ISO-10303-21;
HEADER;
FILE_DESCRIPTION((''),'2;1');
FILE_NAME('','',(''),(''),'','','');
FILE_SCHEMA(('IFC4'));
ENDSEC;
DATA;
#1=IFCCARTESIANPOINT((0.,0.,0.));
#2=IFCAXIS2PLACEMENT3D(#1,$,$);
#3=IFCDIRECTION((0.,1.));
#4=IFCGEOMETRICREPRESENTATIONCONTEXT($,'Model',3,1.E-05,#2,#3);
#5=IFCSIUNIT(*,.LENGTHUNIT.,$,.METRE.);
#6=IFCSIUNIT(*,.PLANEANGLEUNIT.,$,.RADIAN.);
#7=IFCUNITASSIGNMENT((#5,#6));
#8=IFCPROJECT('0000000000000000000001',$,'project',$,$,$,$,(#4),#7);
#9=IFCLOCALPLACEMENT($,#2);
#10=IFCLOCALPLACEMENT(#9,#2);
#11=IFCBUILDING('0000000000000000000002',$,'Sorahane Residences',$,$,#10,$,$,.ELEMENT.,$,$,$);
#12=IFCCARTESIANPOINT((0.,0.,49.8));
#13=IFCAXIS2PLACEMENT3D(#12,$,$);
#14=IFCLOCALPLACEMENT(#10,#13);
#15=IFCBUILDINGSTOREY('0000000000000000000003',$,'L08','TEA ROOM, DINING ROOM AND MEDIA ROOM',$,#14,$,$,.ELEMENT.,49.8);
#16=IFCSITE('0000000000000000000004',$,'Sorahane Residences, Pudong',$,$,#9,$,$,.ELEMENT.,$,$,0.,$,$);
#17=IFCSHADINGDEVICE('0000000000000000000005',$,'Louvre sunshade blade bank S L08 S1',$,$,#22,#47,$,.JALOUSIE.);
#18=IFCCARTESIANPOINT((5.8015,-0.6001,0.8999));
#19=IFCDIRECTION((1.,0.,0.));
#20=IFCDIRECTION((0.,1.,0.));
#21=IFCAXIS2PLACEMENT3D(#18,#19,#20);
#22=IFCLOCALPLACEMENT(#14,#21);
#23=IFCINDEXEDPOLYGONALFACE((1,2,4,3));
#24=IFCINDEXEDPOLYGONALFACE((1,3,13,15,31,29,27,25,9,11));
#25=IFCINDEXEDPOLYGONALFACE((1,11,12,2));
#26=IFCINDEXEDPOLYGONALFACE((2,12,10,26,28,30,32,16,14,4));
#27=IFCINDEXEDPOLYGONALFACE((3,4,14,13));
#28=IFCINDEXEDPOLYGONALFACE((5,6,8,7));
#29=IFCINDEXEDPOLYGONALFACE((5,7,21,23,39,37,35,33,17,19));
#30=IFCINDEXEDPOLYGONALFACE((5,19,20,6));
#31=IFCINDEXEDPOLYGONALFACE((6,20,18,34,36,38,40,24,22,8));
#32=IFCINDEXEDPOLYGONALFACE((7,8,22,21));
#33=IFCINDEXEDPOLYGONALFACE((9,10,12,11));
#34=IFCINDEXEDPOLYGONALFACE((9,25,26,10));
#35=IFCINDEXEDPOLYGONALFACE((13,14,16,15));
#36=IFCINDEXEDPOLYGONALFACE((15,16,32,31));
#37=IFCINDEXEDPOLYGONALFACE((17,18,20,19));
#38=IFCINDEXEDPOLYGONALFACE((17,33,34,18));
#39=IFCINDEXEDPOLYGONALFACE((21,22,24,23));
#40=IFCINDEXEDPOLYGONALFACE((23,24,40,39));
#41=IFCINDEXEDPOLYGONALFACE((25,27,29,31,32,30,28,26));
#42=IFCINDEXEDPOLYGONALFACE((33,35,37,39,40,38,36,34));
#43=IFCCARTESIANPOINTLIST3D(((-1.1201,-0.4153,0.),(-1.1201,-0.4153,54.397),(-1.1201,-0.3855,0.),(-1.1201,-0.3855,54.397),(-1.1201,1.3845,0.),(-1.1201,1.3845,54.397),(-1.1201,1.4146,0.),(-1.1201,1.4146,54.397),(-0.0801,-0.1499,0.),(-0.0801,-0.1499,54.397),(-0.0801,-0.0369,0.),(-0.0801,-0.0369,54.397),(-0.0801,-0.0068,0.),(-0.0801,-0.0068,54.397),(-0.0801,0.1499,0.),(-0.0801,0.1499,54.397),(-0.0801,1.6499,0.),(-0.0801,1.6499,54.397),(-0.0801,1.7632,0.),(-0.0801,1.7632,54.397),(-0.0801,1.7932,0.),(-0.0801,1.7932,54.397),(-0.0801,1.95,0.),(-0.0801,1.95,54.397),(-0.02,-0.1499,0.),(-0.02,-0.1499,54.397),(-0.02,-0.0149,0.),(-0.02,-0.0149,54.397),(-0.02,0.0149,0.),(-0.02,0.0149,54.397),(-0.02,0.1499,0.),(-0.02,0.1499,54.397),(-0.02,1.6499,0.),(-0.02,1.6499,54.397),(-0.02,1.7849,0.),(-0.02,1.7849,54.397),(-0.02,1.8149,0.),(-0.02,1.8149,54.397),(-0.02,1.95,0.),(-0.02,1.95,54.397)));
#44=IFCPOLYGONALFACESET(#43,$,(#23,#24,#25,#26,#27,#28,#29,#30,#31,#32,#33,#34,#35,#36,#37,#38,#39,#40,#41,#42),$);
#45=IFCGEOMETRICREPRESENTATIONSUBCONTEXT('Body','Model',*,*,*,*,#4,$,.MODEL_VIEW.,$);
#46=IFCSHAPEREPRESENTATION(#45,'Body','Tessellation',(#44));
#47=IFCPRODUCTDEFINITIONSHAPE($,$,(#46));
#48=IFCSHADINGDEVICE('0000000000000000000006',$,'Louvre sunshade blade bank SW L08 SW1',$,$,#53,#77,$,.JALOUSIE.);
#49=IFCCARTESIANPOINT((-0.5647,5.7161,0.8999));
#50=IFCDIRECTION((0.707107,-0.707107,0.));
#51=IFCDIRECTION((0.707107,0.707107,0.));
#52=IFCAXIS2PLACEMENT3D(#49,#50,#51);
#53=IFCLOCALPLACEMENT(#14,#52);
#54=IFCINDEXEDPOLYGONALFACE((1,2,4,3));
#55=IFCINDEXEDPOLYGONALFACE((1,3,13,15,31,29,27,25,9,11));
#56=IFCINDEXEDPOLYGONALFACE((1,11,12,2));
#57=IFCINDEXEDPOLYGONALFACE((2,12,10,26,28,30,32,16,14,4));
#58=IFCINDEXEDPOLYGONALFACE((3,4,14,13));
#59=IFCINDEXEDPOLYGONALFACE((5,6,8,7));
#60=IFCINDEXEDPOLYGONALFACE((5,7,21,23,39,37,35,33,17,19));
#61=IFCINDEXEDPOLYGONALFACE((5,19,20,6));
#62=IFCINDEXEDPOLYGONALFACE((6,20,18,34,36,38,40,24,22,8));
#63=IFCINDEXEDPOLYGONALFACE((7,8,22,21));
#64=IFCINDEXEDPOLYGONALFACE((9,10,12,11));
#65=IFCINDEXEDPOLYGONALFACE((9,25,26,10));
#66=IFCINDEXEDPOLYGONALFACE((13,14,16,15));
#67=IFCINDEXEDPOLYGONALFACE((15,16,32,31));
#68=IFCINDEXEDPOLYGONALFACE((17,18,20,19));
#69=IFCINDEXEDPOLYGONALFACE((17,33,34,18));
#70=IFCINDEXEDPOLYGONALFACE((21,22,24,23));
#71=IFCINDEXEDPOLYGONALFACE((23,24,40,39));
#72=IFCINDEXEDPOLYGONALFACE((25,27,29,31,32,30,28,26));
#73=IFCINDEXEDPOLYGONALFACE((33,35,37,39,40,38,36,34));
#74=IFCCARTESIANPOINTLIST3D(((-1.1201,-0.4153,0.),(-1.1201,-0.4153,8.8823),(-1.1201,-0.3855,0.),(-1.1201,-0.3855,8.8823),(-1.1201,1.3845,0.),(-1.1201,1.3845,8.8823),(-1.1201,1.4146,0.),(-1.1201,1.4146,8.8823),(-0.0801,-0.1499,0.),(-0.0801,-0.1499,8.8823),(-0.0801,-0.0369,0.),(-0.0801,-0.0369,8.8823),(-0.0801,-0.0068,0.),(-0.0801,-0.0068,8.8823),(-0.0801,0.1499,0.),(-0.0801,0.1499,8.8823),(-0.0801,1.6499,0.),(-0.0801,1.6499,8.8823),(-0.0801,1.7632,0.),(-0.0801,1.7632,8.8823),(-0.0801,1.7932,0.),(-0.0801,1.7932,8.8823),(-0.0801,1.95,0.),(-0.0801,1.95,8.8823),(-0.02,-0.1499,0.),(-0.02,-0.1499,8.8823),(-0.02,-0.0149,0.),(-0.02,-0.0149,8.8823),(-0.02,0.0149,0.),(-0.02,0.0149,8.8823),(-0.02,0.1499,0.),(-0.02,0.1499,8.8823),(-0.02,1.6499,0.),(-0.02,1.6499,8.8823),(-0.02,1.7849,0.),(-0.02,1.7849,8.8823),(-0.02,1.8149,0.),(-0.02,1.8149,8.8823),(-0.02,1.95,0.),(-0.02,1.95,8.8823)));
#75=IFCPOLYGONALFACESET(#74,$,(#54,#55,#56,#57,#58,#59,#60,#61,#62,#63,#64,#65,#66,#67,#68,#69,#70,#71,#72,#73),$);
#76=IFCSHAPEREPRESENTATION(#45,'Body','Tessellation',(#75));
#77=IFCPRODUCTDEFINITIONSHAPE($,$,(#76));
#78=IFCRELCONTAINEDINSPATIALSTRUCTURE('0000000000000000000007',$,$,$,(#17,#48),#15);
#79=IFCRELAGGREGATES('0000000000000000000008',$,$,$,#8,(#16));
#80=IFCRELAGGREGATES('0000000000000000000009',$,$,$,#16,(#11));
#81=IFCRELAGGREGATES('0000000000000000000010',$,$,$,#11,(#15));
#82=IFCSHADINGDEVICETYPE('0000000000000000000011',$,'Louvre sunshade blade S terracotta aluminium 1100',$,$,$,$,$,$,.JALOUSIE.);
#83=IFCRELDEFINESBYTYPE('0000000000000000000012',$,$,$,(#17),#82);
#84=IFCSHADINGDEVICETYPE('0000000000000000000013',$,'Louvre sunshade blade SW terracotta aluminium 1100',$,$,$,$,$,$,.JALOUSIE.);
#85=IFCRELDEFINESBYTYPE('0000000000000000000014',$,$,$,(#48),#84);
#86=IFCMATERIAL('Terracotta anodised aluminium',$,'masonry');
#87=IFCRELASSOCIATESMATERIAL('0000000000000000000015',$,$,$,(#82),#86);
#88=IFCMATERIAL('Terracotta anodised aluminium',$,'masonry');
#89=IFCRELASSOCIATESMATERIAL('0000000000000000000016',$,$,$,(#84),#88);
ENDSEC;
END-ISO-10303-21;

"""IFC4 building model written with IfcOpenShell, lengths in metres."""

from ifc_helpers import new_model, si_unit, direction, frame, origin, place, context, subcontext, project, spatial, polyline, outline, composite_profile, extrude, material, type_object, element, save


model = new_model("IFC4")

# Units and contexts
model_context = context("Model", 3, precision=1e-05, world=origin(), true_north=direction((0.0, 1.0)))
body_context = subcontext(model_context, "Body", "Model", "MODEL_VIEW")
ifc_project = project(units=[si_unit("LENGTHUNIT", "METRE"), si_unit("PLANEANGLEUNIT", "RADIAN")], contexts=[model_context])

# Site, building, storey
site_placement = place(None, origin())
site = spatial("IfcSite", under=ifc_project, at=site_placement, Name="Sorahane Residences, Pudong", CompositionType="ELEMENT", RefElevation=0.0)
building_placement = place(site_placement, origin())
building = spatial("IfcBuilding", under=site, at=building_placement, Name="Sorahane Residences", CompositionType="ELEMENT")
storey_placement = place(building_placement, frame((0.0, 0.0, 49.8)))
storey = spatial("IfcBuildingStorey", under=building, at=storey_placement, Name="L08", Description="TEA ROOM, DINING ROOM AND MEDIA ROOM", CompositionType="ELEMENT", Elevation=49.8)

# Shading devices
ifc_material_1 = material(Name="Terracotta anodised aluminium", Category="masonry")
shading_device_type_1 = type_object("IfcShadingDeviceType", Name="Louvre sunshade blade S terracotta aluminium 1100", PredefinedType="JALOUSIE", material=ifc_material_1)
shading_device_1_placement = place(storey_placement, frame((5.8015, -0.6001, 0.8999), z_axis=(1.0, 0.0, 0.0), x_axis=(0.0, 1.0, 0.0)))
element("IfcShadingDevice", 1, at=shading_device_1_placement, inside=storey, type_object=shading_device_type_1, Name="Louvre sunshade blade bank S L08 S1", PredefinedType="JALOUSIE", context=body_context, shape_type="SweptSolid", body=[
    extrude(composite_profile([outline(polyline([(-1.1201, -0.3855), (-1.1201, -0.4153), (-0.0801, -0.0369), (-0.0801, -0.1499), (-0.02, -0.1499), (-0.02, -0.0149), (-0.02, 0.0149), (-0.02, 0.1499), (-0.0801, 0.1499), (-0.0801, -0.0068), (-1.1201, -0.3855)])), outline(polyline([(-1.1201, 1.4146), (-1.1201, 1.3845), (-0.0801, 1.7632), (-0.0801, 1.6499), (-0.02, 1.6499), (-0.02, 1.7849), (-0.02, 1.8149), (-0.02, 1.95), (-0.0801, 1.95), (-0.0801, 1.7932), (-1.1201, 1.4146)]))]), origin(), (0.0, 0.0, 1.0), 54.397),
])
ifc_material_2 = material(Name="Terracotta anodised aluminium", Category="masonry")
shading_device_type_2 = type_object("IfcShadingDeviceType", Name="Louvre sunshade blade SW terracotta aluminium 1100", PredefinedType="JALOUSIE", material=ifc_material_2)
shading_device_2_placement = place(storey_placement, frame((-0.5647, 5.7161, 0.8999), z_axis=(0.707107, -0.707107, 0.0), x_axis=(0.707107, 0.707107, 0.0)))
element("IfcShadingDevice", 2, at=shading_device_2_placement, inside=storey, type_object=shading_device_type_2, Name="Louvre sunshade blade bank SW L08 SW1", PredefinedType="JALOUSIE", context=body_context, shape_type="SweptSolid", body=[
    extrude(composite_profile([outline(polyline([(-1.1201, -0.3855), (-1.1201, -0.4153), (-0.0801, -0.0369), (-0.0801, -0.1499), (-0.02, -0.1499), (-0.02, -0.0149), (-0.02, 0.0149), (-0.02, 0.1499), (-0.0801, 0.1499), (-0.0801, -0.0068), (-1.1201, -0.3855)])), outline(polyline([(-1.1201, 1.4146), (-1.1201, 1.3845), (-0.0801, 1.7632), (-0.0801, 1.6499), (-0.02, 1.6499), (-0.02, 1.7849), (-0.02, 1.8149), (-0.02, 1.95), (-0.0801, 1.95), (-0.0801, 1.7932), (-1.1201, 1.4146)]))]), origin(), (0.0, 0.0, 1.0), 8.8823),
])

save(model, "model.ifc")
